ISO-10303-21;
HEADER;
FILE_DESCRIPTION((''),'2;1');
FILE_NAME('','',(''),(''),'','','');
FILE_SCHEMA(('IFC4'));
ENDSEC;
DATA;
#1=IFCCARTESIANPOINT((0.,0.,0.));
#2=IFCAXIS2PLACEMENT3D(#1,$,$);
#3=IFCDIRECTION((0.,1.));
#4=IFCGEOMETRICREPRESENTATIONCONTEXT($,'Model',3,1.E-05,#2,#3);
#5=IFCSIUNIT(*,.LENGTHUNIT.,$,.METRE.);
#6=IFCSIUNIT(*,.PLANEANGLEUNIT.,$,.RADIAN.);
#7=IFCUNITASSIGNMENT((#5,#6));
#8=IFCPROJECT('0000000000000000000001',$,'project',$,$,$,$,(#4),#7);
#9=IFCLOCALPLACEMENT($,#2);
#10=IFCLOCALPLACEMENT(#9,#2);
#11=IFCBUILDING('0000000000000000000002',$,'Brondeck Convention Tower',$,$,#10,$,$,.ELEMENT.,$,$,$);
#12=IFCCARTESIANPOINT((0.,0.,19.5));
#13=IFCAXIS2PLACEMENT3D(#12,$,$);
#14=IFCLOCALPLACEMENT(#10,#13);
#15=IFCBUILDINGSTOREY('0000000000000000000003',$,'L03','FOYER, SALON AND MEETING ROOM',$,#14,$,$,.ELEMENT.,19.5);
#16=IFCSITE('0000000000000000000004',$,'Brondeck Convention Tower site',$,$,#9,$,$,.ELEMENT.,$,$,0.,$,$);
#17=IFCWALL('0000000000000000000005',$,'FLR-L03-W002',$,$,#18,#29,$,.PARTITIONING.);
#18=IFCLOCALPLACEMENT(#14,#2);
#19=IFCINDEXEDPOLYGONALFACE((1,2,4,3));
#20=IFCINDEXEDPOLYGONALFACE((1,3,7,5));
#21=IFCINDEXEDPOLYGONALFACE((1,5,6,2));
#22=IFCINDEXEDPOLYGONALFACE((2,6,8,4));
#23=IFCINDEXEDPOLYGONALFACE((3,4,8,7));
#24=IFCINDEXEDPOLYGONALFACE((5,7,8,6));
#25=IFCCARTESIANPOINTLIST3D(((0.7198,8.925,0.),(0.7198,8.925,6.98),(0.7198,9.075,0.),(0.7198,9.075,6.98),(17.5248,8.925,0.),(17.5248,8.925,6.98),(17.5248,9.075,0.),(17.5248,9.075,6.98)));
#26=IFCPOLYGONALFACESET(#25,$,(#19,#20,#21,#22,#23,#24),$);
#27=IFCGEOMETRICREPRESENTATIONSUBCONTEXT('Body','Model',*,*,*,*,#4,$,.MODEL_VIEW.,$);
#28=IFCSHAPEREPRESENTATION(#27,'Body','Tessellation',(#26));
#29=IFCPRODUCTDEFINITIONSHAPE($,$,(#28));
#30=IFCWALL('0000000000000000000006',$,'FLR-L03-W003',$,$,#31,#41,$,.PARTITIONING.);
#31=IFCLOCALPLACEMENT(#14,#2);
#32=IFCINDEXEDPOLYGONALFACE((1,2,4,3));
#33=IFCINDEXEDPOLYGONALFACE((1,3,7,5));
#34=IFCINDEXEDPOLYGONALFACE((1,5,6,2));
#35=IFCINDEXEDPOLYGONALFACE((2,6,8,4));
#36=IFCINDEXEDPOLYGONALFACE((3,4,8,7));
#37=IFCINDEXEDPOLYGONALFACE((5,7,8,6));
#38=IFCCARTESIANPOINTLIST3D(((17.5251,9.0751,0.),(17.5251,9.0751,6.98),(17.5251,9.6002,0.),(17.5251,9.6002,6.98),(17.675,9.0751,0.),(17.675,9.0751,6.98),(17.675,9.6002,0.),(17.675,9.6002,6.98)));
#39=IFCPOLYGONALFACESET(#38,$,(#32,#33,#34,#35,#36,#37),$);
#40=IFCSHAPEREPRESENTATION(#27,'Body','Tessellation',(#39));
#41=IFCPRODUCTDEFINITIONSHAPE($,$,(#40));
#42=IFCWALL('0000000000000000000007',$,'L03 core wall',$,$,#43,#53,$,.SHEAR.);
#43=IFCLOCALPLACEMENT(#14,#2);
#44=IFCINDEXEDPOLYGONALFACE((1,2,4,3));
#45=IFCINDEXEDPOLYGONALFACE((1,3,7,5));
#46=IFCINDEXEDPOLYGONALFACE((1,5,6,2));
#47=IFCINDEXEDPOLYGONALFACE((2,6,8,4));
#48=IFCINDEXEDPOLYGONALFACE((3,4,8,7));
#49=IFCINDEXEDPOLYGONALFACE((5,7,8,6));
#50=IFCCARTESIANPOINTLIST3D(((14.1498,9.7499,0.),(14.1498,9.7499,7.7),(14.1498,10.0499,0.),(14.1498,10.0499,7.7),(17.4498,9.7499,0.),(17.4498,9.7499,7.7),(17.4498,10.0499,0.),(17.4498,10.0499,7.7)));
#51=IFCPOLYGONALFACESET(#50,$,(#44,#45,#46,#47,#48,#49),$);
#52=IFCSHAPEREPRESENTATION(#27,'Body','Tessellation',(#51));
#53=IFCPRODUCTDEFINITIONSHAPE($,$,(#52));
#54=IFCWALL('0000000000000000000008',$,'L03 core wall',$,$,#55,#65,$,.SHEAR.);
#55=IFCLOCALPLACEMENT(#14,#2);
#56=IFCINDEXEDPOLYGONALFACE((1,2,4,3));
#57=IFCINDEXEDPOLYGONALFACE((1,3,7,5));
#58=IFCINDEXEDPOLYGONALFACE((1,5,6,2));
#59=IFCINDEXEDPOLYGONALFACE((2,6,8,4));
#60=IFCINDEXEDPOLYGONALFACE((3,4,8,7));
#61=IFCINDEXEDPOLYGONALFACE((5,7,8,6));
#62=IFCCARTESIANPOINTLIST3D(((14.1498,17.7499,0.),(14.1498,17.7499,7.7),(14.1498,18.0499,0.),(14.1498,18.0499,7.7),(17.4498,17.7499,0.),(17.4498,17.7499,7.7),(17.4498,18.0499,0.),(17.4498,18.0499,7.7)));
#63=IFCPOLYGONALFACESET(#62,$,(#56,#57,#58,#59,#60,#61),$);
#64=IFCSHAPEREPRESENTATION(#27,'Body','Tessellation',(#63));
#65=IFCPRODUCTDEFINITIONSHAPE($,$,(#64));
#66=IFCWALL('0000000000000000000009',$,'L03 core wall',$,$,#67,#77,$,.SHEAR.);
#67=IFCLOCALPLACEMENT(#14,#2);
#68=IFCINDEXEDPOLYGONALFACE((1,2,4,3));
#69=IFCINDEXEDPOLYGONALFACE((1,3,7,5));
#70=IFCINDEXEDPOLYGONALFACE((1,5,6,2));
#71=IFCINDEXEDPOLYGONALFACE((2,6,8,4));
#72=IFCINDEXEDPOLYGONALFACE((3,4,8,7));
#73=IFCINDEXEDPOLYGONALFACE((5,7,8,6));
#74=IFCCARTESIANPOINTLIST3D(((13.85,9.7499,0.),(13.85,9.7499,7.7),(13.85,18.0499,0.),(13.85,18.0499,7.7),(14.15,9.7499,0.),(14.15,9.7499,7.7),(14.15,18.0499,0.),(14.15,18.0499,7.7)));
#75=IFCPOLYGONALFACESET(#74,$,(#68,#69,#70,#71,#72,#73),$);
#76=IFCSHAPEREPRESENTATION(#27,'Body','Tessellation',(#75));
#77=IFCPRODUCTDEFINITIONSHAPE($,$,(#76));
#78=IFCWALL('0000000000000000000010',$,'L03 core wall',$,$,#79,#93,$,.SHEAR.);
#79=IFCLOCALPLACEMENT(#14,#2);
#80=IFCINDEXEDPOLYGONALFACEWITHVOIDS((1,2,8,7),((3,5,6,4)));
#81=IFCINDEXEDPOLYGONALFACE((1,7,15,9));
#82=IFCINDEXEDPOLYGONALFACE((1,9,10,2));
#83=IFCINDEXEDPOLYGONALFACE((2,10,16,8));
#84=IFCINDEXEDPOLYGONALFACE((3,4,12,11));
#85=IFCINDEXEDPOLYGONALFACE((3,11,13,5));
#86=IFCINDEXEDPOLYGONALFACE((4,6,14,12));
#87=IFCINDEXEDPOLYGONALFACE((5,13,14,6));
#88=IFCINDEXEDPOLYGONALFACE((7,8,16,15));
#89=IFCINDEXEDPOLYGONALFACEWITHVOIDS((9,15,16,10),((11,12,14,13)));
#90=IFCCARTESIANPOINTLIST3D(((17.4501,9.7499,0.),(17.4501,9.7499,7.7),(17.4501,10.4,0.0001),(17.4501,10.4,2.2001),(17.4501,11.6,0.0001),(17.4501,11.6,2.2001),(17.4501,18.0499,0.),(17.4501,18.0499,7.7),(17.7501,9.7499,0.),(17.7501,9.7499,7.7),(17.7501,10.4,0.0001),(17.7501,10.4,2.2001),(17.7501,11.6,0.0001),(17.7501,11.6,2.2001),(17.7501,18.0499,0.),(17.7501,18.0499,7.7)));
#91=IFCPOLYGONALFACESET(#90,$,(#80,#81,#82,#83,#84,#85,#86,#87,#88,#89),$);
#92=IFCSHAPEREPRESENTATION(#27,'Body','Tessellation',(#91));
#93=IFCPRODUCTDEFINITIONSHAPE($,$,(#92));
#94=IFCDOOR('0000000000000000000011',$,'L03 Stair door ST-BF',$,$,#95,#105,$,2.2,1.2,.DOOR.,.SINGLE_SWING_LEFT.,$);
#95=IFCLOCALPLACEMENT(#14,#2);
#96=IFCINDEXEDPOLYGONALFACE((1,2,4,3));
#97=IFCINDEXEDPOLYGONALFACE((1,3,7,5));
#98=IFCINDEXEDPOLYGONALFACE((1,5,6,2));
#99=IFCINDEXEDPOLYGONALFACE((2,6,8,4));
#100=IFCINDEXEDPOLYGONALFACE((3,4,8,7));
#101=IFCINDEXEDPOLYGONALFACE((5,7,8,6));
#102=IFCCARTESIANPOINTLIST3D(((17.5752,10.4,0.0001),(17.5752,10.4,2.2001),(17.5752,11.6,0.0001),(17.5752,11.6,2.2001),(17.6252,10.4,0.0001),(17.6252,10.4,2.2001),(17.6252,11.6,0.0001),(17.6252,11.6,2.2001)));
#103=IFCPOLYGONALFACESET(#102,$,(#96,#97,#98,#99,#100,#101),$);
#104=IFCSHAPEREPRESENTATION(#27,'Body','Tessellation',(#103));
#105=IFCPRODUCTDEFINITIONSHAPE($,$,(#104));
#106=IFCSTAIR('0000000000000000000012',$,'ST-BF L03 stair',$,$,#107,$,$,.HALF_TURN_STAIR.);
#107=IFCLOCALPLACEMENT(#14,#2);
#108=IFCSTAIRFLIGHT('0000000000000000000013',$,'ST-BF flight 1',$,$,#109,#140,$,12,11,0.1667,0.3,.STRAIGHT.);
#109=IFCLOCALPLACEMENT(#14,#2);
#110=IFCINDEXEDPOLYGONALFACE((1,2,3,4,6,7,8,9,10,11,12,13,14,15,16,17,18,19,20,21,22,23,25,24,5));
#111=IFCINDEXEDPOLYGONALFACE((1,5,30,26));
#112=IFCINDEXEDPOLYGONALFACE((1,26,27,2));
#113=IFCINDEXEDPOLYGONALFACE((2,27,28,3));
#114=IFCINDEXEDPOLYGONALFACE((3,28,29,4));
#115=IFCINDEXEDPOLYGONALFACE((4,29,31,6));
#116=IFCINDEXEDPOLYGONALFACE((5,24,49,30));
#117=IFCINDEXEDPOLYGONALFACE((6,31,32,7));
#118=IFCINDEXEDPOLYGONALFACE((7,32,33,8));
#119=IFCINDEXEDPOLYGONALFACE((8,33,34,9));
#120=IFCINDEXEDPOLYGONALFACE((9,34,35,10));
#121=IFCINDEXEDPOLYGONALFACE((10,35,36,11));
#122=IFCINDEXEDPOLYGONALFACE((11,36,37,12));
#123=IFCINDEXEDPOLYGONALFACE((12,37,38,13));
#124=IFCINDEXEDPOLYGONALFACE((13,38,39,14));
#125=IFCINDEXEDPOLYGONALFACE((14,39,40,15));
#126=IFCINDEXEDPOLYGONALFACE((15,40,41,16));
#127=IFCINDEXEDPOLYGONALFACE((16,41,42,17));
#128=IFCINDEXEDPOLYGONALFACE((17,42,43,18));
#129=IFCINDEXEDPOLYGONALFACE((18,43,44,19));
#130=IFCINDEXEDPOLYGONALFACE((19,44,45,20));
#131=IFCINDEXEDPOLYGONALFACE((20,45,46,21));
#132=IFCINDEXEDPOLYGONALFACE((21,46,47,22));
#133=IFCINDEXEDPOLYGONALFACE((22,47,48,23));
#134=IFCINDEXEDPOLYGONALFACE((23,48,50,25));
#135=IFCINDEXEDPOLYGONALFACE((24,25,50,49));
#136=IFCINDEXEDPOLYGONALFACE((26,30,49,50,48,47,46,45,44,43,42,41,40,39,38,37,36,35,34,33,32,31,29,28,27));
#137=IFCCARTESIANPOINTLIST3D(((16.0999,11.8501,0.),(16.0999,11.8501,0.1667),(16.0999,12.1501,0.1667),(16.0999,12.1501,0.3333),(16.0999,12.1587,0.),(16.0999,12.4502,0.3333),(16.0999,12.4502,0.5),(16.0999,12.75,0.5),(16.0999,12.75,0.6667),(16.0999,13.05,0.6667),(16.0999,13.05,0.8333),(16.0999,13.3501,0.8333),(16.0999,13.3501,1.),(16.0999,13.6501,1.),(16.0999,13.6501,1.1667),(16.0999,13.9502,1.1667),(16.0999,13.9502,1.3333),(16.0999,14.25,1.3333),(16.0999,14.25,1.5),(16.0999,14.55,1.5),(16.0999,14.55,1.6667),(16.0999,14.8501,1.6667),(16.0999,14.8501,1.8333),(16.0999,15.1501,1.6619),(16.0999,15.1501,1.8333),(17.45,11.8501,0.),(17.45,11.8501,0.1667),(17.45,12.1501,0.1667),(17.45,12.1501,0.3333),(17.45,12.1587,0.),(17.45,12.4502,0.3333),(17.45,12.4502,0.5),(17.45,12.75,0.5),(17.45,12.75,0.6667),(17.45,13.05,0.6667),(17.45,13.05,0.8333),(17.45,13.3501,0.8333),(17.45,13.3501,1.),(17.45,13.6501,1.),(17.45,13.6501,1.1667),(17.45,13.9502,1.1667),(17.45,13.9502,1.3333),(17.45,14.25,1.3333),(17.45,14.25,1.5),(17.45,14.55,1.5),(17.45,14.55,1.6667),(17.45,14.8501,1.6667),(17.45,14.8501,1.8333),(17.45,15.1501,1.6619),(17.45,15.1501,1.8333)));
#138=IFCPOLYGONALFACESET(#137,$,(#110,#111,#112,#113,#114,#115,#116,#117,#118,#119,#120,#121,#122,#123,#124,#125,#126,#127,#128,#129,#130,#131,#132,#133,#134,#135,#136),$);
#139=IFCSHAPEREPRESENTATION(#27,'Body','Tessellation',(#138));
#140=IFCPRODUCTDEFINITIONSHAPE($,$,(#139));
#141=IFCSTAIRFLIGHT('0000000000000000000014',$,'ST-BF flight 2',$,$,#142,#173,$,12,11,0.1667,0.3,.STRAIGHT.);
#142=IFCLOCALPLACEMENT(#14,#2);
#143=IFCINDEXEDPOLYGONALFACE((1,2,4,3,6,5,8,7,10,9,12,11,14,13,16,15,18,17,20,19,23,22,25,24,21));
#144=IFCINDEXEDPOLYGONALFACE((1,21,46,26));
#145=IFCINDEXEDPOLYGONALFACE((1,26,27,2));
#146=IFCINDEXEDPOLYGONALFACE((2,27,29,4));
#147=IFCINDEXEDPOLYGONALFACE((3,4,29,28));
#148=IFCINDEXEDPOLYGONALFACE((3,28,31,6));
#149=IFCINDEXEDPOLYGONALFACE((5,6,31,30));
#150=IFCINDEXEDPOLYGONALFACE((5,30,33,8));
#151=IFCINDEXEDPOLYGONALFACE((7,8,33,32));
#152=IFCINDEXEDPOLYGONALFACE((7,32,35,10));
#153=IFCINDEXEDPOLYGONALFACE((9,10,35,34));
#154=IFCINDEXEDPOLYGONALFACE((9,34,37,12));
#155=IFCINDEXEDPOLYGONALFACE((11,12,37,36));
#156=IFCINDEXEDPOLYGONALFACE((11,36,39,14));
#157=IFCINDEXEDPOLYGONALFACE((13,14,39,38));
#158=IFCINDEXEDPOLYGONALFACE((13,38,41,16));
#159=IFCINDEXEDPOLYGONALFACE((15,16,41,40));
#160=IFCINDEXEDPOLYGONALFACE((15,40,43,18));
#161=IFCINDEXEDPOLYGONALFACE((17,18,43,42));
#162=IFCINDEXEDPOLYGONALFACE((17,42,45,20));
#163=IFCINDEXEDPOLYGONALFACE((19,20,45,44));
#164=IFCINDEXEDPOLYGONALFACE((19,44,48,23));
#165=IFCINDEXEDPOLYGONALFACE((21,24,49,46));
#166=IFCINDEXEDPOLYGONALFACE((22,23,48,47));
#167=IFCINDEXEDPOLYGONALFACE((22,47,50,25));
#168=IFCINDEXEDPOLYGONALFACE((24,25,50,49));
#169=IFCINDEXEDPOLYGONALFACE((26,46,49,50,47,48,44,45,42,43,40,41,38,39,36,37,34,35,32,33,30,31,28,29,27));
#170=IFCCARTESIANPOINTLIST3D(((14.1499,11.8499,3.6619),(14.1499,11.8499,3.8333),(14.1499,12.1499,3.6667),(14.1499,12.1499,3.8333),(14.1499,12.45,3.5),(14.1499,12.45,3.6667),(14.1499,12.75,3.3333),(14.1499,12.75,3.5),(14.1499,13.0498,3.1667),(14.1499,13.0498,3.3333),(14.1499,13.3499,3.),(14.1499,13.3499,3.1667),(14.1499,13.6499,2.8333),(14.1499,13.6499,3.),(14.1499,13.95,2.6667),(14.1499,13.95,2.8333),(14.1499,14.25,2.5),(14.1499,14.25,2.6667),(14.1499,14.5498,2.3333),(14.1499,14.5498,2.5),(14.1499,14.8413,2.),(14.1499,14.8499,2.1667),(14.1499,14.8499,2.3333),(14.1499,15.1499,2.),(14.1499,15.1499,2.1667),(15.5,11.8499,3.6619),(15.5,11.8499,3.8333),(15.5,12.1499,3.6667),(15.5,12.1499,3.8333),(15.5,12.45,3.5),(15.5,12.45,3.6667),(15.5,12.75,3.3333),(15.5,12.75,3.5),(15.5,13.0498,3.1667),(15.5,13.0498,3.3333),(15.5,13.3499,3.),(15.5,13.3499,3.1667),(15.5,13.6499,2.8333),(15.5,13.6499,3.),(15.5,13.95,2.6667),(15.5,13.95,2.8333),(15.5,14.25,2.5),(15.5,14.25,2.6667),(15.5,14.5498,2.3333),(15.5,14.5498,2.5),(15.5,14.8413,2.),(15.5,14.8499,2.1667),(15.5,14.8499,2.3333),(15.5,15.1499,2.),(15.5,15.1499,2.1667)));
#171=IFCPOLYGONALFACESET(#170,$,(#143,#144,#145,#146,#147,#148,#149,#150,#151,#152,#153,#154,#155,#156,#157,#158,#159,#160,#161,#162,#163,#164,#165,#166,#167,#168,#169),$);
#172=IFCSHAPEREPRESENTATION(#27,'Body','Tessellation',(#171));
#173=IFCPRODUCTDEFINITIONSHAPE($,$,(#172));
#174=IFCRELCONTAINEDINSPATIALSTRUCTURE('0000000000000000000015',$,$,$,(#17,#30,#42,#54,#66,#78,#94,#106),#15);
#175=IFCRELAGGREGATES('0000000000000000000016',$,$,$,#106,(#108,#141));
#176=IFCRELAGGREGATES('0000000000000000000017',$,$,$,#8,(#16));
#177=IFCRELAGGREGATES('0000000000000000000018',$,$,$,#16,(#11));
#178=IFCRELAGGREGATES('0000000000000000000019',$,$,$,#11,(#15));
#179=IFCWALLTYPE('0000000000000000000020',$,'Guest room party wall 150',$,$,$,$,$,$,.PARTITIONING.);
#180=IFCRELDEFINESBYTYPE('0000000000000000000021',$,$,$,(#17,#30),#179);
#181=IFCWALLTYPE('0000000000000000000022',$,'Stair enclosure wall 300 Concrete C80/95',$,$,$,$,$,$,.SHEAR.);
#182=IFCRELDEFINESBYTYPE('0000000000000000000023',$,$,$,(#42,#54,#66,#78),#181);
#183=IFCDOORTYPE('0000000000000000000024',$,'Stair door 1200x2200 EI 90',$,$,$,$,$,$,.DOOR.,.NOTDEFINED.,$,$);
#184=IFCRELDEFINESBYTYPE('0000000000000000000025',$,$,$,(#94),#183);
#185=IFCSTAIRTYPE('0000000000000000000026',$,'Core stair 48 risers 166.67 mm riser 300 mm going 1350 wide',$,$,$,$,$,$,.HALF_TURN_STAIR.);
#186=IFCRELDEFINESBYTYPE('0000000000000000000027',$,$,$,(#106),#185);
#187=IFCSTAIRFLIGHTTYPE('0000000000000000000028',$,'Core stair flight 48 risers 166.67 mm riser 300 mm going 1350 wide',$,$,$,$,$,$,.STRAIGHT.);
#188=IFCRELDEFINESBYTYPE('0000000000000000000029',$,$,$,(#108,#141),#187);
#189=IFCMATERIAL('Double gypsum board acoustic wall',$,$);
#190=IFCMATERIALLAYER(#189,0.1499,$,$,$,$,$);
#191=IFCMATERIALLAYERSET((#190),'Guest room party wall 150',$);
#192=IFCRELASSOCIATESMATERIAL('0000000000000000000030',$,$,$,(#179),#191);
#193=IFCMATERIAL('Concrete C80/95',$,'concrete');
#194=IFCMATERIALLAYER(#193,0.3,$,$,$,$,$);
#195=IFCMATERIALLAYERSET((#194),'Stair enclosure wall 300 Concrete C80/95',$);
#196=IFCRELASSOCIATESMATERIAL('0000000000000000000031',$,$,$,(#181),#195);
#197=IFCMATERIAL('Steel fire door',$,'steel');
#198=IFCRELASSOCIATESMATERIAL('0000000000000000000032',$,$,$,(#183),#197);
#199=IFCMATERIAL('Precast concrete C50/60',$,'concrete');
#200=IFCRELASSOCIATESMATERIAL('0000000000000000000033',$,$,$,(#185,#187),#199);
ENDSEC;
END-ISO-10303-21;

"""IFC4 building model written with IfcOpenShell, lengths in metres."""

from ifc_helpers import new_model, si_unit, direction, frame, frame_2d, origin, place, context, subcontext, project, spatial, polyline, rectangle, outline, extrude, material, layer, layer_set, type_object, element, fill, aggregate, save


model = new_model("IFC4")

# Units and contexts
model_context = context("Model", 3, precision=1e-05, world=origin(), true_north=direction((0.0, 1.0)))
body_context = subcontext(model_context, "Body", "Model", "MODEL_VIEW")
ifc_project = project(units=[si_unit("LENGTHUNIT", "METRE"), si_unit("PLANEANGLEUNIT", "RADIAN")], contexts=[model_context])

# Site, building, storey
site_placement = place(None, origin())
site = spatial("IfcSite", under=ifc_project, at=site_placement, Name="Brondeck Convention Tower site", CompositionType="ELEMENT", RefElevation=0.0)
building_placement = place(site_placement, origin())
building = spatial("IfcBuilding", under=site, at=building_placement, Name="Brondeck Convention Tower", CompositionType="ELEMENT")
storey_placement = place(building_placement, frame((0.0, 0.0, 19.5)))
storey = spatial("IfcBuildingStorey", under=building, at=storey_placement, Name="L03", Description="FOYER, SALON AND MEETING ROOM", CompositionType="ELEMENT", Elevation=19.5)

# Shared definitions
ifc_material_1 = material(Name="Concrete C80/95", Category="concrete")

# Walls
ifc_material_2 = material(Name="Double gypsum board acoustic wall")
ifc_layer_1 = layer(ifc_material_2, 0.1499)
ifc_layer_set_1 = layer_set([ifc_layer_1], Name="Guest room party wall 150")
wall_type_1 = type_object("IfcWallType", Name="Guest room party wall 150", PredefinedType="PARTITIONING", material=ifc_layer_set_1)
wall_1_placement = place(storey_placement, frame((0.72, 9.0, 0.0), z_axis=(0.0, 0.0, 1.0), x_axis=(1.0, 0.0, 0.0)))
element("IfcWall", 1, at=wall_1_placement, inside=storey, type_object=wall_type_1, Name="FLR-L03-W002", PredefinedType="PARTITIONING", context=body_context, shape_type="SweptSolid", body=[
    extrude(rectangle(XDim=16.8049, YDim=0.1499, at=frame_2d((8.4023, 0.0))), origin(), (0.0, 0.0, 1.0), 6.98),
])
wall_2_placement = place(storey_placement, frame((17.6001, 9.075, 0.0), z_axis=(0.0, 0.0, 1.0), x_axis=(0.0, 1.0, 0.0)))
element("IfcWall", 2, at=wall_2_placement, inside=storey, type_object=wall_type_1, Name="FLR-L03-W003", PredefinedType="PARTITIONING", context=body_context, shape_type="SweptSolid", body=[
    extrude(rectangle(XDim=0.5251, YDim=0.1499, at=frame_2d((0.2627, 0.0))), origin(), (0.0, 0.0, 1.0), 6.98),
])
ifc_layer_2 = layer(ifc_material_1, 0.3)
ifc_layer_set_2 = layer_set([ifc_layer_2], Name="Stair enclosure wall 300 Concrete C80/95")
wall_type_2 = type_object("IfcWallType", Name="Stair enclosure wall 300 Concrete C80/95", PredefinedType="SHEAR", material=ifc_layer_set_2)
for number, where, z_axis, x_axis, name in (
    (3, (14.1499, 9.8999, 0.0), (0.0, 0.0, 1.0), (1.0, 0.0, 0.0), "L03 core wall"),
    (4, (14.1499, 17.8999, 0.0), (0.0, 0.0, 1.0), (1.0, 0.0, 0.0), "L03 core wall"),
):
    element("IfcWall", number, at=place(storey_placement, frame(where, z_axis=z_axis, x_axis=x_axis)), inside=storey, type_object=wall_type_2, Name=name, PredefinedType="SHEAR", context=body_context, shape_type="SweptSolid", body=[
        extrude(rectangle(XDim=3.3, YDim=0.3, at=frame_2d((1.6499, 0.0))), origin(), (0.0, 0.0, 1.0), 7.7),
    ])
wall_3_placement = place(storey_placement, frame((14.0, 9.75, 0.0), z_axis=(0.0, 0.0, 1.0), x_axis=(0.0, 1.0, 0.0)))
element("IfcWall", 5, at=wall_3_placement, inside=storey, type_object=wall_type_2, Name="L03 core wall", PredefinedType="SHEAR", context=body_context, shape_type="SweptSolid", body=[
    extrude(rectangle(XDim=8.3, YDim=0.3, at=frame_2d((4.1499, 0.0))), origin(), (0.0, 0.0, 1.0), 7.7),
])

# Wall, opening, door
wall_4_placement = place(storey_placement, frame((17.6001, 9.75, 0.0), z_axis=(0.0, 0.0, 1.0), x_axis=(0.0, 1.0, 0.0)))
wall_4 = element("IfcWall", 6, at=wall_4_placement, inside=storey, type_object=wall_type_2, Name="L03 core wall", PredefinedType="SHEAR", context=body_context, shape_type="SweptSolid", body=[
    extrude(rectangle(XDim=8.3, YDim=0.3, at=frame_2d((4.1499, 0.0))), origin(), (0.0, 0.0, 1.0), 7.7),
])
opening_placement = place(wall_4_placement, frame((0.6499, 0.0, 0.0)))
opening = element("IfcOpeningElement", 7, at=opening_placement, cuts=wall_4, PredefinedType="OPENING", context=body_context, shape_type="SweptSolid", body=[
    extrude(rectangle(XDim=1.2, YDim=2.2, at=frame_2d((0.6001, 1.1001))), frame((0.0, 0.1599, 0.0), z_axis=(0.0, -1.0, 0.0), x_axis=(1.0, 0.0, 0.0)), (0.0, 0.0, 1.0), 0.3201),
])
ifc_material_3 = material(Name="Steel fire door", Category="steel")
door_type = type_object("IfcDoorType", Name="Stair door 1200x2200 EI 90", OperationType="NOTDEFINED", PredefinedType="DOOR", material=ifc_material_3)
door_placement = place(opening_placement, origin())
door = element("IfcDoor", 8, at=door_placement, inside=storey, type_object=door_type, Name="L03 Stair door ST-BF", OperationType="SINGLE_SWING_LEFT", OverallHeight=2.2, OverallWidth=1.2, PredefinedType="DOOR", context=body_context, shape_type="SweptSolid", body=[
    extrude(rectangle(XDim=1.2, YDim=2.2, at=frame_2d((0.6001, 1.1001))), frame((0.0, 0.0249, 0.0), z_axis=(0.0, -1.0, 0.0), x_axis=(1.0, 0.0, 0.0)), (0.0, 0.0, 1.0), 0.05),
])
fill(opening, door)

# Stair, stair flights
ifc_material_4 = material(Name="Precast concrete C50/60", Category="concrete")
stair_type = type_object("IfcStairType", Name="Core stair 48 risers 166.67 mm riser 300 mm going 1350 wide", PredefinedType="HALF_TURN_STAIR", material=ifc_material_4)
stair_placement = place(storey_placement, origin())
stair = element("IfcStair", 9, at=stair_placement, inside=storey, type_object=stair_type, Name="ST-BF L03 stair", PredefinedType="HALF_TURN_STAIR")
stair_flight_type = type_object("IfcStairFlightType", Name="Core stair flight 48 risers 166.67 mm riser 300 mm going 1350 wide", PredefinedType="STRAIGHT", material=ifc_material_4)
stair_flight_1_placement = place(storey_placement, frame((16.7749, 11.8501, 0.0), z_axis=(0.0, 0.0, 1.0), x_axis=(0.0, 1.0, 0.0)))
stair_flight_1 = element("IfcStairFlight", 10, at=stair_flight_1_placement, type_object=stair_flight_type, Name="ST-BF flight 1", NumberOfRisers=12, NumberOfTreads=11, PredefinedType="STRAIGHT", RiserHeight=0.1667, TreadLength=0.3, context=body_context, shape_type="SweptSolid", body=[
    extrude(outline(polyline([(0.0, 0.0), (0.0, 0.1667), (0.3, 0.1667), (0.3, 0.3333), (0.6001, 0.3333), (0.6001, 0.5), (0.8999, 0.5), (0.8999, 0.6667), (1.2, 0.6667), (1.2, 0.8333), (1.5, 0.8333), (1.5, 1.0), (1.8, 1.0), (1.8, 1.1667), (2.1001, 1.1667), (2.1001, 1.3333), (2.3999, 1.3333), (2.3999, 1.5), (2.7, 1.5), (2.7, 1.6667), (3.0, 1.6667), (3.0, 1.8333), (3.3, 1.8333), (3.3, 2.0), (3.3, 1.6619), (0.3086, 0.0), (0.0, 0.0)])), frame((0.0, 0.675, 0.0), z_axis=(0.0, -1.0, 0.0), x_axis=(1.0, 0.0, 0.0)), (0.0, 0.0, 1.0), 1.3501),
])
stair_flight_2_placement = place(storey_placement, frame((14.825, 15.1499, 2.0), z_axis=(0.0, 0.0, 1.0), x_axis=(0.0, -1.0, 0.0)))
stair_flight_2 = element("IfcStairFlight", 11, at=stair_flight_2_placement, type_object=stair_flight_type, Name="ST-BF flight 2", NumberOfRisers=12, NumberOfTreads=11, PredefinedType="STRAIGHT", RiserHeight=0.1667, TreadLength=0.3, context=body_context, shape_type="SweptSolid", body=[
    extrude(outline(polyline([(0.0, 0.0), (0.0, 0.1667), (0.3, 0.1667), (0.3, 0.3333), (0.6001, 0.3333), (0.6001, 0.5), (0.8999, 0.5), (0.8999, 0.6667), (1.2, 0.6667), (1.2, 0.8333), (1.5, 0.8333), (1.5, 1.0), (1.8, 1.0), (1.8, 1.1667), (2.1001, 1.1667), (2.1001, 1.3333), (2.3999, 1.3333), (2.3999, 1.5), (2.7, 1.5), (2.7, 1.6667), (3.0, 1.6667), (3.0, 1.8333), (3.3, 1.8333), (3.3, 2.0), (3.3, 1.6619), (0.3086, 0.0), (0.0, 0.0)])), frame((0.0, 0.675, 0.0), z_axis=(0.0, -1.0, 0.0), x_axis=(1.0, 0.0, 0.0)), (0.0, 0.0, 1.0), 1.3501),
])
aggregate(stair, [stair_flight_1, stair_flight_2])

save(model, "model.ifc")
